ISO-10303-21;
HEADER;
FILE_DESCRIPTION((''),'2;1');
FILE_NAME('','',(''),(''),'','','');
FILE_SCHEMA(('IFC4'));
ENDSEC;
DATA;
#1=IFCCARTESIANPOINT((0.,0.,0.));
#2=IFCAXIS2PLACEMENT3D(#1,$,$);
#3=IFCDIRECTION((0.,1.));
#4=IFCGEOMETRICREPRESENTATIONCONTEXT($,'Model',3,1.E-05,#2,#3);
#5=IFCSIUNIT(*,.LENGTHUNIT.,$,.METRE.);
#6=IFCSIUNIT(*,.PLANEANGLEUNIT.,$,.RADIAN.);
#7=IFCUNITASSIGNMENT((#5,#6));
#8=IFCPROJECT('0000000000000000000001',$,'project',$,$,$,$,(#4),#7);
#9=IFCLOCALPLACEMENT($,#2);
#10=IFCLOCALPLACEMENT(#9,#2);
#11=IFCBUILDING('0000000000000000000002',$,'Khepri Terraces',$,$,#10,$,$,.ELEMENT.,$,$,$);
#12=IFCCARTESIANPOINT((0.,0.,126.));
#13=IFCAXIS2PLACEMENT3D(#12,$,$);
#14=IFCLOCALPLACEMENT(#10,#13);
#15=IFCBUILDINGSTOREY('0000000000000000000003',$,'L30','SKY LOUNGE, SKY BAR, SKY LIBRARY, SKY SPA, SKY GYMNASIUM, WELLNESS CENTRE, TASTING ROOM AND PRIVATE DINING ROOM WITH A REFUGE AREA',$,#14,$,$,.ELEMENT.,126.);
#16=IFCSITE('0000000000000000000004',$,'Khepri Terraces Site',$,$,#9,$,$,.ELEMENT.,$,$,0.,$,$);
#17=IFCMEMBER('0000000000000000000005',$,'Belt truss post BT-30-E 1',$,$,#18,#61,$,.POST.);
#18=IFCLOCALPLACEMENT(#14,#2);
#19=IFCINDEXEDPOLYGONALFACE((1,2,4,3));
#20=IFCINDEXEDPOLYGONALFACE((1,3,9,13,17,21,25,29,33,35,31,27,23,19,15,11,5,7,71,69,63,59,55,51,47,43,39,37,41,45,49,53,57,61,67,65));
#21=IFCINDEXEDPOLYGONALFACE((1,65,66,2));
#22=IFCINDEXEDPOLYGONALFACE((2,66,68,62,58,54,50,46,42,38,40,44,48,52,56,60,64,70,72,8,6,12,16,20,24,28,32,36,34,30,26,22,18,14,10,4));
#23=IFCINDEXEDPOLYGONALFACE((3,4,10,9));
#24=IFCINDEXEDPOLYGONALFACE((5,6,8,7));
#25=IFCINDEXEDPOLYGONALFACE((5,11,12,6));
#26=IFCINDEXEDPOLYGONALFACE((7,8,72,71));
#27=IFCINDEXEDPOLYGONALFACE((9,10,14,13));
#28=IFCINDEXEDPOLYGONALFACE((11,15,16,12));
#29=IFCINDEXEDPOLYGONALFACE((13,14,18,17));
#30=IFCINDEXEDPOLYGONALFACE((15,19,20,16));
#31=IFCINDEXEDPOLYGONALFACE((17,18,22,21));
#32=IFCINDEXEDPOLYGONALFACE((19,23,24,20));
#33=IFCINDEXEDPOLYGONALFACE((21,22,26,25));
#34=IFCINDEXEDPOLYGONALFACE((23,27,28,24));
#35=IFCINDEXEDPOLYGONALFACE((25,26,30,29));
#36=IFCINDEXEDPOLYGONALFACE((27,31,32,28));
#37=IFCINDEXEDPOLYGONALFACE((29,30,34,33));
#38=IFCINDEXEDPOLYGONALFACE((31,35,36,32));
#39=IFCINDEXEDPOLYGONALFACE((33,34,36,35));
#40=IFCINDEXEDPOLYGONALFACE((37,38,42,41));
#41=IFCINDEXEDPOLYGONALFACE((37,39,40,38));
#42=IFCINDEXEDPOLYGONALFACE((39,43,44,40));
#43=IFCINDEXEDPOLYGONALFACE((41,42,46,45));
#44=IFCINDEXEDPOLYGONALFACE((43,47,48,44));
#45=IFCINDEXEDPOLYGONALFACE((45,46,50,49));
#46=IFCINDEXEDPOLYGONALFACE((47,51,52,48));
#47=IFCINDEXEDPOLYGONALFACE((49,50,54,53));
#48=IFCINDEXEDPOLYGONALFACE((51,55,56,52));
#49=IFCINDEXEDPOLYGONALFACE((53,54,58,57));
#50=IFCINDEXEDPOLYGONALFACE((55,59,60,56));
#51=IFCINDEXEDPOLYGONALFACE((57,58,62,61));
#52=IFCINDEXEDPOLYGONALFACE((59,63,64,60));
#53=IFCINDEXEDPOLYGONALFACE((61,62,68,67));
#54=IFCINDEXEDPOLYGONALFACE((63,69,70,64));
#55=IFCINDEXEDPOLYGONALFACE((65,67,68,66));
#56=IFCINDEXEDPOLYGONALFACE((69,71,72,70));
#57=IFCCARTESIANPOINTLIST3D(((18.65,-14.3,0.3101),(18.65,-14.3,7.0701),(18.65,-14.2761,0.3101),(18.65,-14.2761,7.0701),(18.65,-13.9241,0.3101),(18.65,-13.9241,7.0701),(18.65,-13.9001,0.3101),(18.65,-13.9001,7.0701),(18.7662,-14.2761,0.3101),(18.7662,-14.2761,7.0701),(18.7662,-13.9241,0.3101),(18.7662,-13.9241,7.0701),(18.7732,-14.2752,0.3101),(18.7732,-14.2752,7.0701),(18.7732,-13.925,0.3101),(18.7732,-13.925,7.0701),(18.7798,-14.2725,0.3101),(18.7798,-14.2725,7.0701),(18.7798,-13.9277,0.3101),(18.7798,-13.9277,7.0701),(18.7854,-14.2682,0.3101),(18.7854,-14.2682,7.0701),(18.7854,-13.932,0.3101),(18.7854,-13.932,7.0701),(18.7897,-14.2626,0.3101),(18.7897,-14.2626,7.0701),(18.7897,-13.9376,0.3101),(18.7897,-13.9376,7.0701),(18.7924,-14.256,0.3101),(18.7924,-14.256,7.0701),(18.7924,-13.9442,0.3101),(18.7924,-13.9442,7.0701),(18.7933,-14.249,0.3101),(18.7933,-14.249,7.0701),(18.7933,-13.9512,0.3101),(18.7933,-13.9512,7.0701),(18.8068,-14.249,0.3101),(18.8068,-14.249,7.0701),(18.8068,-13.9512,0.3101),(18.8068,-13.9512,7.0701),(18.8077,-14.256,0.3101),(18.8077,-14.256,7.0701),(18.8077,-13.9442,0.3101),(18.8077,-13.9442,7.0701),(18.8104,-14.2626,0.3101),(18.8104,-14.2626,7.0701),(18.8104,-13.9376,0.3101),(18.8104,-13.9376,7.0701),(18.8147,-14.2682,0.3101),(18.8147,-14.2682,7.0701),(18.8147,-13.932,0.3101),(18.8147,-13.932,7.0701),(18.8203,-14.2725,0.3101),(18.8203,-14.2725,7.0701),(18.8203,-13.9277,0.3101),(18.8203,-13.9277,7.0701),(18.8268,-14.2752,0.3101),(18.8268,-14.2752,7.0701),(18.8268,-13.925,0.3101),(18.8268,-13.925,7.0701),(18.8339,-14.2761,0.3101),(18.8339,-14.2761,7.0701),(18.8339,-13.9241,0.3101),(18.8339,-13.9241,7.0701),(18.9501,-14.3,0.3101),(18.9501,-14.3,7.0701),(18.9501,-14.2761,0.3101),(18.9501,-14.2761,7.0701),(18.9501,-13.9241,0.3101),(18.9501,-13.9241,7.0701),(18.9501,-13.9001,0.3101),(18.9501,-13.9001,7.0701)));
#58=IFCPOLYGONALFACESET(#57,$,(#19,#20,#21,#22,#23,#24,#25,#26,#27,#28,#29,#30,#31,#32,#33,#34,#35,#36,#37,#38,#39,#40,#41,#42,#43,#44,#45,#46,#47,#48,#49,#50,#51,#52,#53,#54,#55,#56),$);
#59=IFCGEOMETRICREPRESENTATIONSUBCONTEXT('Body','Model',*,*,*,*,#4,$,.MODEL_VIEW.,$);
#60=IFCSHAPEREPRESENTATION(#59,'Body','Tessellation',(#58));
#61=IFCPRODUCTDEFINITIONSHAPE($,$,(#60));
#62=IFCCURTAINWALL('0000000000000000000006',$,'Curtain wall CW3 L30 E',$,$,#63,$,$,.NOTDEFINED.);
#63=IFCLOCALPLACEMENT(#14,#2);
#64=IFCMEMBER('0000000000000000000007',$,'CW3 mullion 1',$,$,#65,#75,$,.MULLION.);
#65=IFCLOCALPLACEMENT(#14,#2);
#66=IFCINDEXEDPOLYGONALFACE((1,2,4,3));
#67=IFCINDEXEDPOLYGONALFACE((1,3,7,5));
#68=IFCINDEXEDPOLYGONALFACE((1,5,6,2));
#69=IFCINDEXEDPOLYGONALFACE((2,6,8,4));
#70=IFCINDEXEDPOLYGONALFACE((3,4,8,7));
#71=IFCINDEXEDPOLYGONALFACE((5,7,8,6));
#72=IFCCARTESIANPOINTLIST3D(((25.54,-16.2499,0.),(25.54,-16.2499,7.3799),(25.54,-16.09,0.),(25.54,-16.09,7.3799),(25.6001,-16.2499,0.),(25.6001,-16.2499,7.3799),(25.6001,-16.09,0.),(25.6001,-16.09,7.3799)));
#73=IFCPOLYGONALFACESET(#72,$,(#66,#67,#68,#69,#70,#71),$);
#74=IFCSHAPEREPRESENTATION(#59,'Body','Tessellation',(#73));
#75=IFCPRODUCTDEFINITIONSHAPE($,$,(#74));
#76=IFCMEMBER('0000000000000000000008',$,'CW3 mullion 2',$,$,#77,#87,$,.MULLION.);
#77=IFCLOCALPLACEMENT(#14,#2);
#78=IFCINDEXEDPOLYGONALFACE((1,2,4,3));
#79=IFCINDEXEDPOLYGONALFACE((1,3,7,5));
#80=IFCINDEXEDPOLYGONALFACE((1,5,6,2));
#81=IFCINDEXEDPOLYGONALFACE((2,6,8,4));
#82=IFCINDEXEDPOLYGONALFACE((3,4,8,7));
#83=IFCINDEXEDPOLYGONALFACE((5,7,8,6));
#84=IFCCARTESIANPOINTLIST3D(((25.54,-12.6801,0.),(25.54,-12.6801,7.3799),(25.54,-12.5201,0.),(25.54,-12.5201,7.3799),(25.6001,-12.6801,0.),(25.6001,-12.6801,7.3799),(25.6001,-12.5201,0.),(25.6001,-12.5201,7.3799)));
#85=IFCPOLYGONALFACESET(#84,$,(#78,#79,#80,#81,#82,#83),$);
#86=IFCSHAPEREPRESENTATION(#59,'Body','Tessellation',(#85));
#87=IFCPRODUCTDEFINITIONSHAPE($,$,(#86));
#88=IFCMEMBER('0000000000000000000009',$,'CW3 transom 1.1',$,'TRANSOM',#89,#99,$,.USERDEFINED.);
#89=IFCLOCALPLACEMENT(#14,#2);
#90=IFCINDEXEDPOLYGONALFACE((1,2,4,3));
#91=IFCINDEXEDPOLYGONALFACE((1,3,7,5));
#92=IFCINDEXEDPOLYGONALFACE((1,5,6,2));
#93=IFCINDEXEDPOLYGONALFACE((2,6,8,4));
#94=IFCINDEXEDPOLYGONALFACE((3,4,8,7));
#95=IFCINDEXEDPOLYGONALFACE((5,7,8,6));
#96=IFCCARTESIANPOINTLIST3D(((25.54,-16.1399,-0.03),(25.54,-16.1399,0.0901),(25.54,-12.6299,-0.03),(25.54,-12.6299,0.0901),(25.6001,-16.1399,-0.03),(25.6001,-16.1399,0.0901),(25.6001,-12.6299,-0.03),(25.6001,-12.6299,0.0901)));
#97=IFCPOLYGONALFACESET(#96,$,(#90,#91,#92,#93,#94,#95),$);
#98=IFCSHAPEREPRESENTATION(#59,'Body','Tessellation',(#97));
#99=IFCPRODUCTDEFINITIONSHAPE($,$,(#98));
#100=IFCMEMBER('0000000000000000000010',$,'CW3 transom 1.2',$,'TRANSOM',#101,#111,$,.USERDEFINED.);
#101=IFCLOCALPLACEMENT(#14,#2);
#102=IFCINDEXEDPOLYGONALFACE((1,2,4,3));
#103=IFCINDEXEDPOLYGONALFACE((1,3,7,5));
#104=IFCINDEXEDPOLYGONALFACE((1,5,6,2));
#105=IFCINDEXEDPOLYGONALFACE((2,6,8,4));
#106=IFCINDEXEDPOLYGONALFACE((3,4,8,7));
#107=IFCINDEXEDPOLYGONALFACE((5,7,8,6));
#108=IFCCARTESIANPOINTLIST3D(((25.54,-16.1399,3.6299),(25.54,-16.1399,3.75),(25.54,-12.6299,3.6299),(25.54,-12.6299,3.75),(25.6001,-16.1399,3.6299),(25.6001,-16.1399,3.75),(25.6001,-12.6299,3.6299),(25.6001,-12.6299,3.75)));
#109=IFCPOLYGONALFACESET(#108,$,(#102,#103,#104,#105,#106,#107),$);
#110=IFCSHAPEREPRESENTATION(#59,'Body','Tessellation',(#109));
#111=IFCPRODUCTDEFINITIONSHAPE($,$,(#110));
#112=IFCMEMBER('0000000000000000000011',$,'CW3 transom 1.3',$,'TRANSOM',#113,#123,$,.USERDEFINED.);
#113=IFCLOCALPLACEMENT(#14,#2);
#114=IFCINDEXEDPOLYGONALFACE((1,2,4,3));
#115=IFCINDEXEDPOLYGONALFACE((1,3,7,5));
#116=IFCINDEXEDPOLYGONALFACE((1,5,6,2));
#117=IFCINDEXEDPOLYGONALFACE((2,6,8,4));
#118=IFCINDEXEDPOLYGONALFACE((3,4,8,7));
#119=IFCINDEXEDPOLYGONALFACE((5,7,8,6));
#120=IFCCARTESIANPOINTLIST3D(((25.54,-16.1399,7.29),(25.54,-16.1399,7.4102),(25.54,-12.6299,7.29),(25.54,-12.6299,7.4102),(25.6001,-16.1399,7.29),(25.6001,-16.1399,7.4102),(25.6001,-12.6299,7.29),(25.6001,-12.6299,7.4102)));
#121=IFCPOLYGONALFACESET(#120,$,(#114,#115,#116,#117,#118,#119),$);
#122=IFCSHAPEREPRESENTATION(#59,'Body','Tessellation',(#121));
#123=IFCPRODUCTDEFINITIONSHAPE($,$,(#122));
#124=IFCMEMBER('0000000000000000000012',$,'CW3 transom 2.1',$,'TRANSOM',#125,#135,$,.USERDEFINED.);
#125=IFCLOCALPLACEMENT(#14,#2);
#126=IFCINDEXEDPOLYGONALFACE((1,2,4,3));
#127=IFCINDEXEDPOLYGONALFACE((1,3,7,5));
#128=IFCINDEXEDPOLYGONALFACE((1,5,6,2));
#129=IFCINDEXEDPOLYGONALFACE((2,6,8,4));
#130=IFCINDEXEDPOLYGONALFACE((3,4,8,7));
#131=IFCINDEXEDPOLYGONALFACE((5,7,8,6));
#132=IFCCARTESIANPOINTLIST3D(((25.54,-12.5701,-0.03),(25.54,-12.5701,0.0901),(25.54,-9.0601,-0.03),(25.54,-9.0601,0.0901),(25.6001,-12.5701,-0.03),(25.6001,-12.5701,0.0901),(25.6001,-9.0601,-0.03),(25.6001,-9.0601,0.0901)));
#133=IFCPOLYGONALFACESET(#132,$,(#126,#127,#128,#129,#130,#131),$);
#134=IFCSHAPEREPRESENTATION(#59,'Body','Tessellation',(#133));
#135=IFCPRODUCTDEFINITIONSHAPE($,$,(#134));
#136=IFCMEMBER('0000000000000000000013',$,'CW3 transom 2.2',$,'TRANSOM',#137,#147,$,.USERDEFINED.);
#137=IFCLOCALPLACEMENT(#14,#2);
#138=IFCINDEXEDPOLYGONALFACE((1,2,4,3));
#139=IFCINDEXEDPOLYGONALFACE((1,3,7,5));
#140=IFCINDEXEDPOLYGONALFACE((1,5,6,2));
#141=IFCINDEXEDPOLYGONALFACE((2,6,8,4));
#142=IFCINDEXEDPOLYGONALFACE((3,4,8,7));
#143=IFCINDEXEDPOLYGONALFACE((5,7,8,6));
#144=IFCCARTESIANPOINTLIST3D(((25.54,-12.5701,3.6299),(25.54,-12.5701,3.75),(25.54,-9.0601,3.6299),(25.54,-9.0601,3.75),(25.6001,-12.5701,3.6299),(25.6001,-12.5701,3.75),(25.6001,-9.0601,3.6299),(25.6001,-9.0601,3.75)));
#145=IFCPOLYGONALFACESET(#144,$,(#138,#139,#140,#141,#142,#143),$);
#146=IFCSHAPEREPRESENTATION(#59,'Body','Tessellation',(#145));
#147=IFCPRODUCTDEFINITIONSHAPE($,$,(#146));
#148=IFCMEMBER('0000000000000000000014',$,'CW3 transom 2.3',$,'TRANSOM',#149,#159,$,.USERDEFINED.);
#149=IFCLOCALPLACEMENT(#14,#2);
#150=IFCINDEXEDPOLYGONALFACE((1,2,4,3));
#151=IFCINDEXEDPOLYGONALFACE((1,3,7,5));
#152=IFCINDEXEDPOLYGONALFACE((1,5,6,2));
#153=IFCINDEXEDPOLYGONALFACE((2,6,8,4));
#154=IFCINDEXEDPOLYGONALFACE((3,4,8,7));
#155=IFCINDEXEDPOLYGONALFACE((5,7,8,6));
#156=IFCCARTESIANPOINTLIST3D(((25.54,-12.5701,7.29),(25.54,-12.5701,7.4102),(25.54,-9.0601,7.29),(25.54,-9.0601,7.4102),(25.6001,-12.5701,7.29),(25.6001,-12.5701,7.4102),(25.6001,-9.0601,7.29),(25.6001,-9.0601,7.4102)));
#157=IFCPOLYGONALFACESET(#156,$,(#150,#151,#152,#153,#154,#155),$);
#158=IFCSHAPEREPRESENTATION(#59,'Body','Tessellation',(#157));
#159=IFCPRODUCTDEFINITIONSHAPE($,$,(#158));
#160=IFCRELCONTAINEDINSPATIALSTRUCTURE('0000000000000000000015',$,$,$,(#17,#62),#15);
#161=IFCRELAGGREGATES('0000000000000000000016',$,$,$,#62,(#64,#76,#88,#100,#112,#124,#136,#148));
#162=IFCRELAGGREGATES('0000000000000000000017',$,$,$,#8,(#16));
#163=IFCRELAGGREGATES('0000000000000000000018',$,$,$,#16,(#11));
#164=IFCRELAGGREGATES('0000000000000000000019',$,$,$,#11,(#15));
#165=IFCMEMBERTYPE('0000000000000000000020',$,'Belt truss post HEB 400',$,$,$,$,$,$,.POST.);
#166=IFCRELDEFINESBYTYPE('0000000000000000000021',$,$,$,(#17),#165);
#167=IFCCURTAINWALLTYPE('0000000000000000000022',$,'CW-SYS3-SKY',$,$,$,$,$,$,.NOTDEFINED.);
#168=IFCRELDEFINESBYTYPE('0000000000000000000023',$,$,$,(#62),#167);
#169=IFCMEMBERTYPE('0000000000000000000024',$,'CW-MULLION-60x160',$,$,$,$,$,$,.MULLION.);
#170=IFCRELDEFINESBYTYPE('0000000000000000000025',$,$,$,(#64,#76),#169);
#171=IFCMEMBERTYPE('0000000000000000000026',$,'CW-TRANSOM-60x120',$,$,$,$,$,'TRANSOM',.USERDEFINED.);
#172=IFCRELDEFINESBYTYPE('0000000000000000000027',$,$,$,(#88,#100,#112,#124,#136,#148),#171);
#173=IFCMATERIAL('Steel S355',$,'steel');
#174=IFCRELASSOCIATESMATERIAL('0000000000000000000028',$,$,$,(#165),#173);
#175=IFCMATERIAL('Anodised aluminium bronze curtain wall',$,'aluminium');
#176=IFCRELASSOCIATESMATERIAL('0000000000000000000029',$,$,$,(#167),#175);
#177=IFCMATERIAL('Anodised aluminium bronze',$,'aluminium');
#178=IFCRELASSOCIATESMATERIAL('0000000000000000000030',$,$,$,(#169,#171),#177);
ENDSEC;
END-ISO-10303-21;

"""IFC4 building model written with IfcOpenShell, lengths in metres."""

from ifc_helpers import new_model, si_unit, direction, frame, origin, origin_2d, place, context, subcontext, project, spatial, rectangle, i_section, extrude, material, material_profile, profile_set, type_object, element, aggregate, save


model = new_model("IFC4")

# Units and contexts
model_context = context("Model", 3, precision=1e-05, world=origin(), true_north=direction((0.0, 1.0)))
body_context = subcontext(model_context, "Body", "Model", "MODEL_VIEW")
ifc_project = project(units=[si_unit("LENGTHUNIT", "METRE"), si_unit("PLANEANGLEUNIT", "RADIAN")], contexts=[model_context])

# Site, building, storey
site_placement = place(None, origin())
site = spatial("IfcSite", under=ifc_project, at=site_placement, Name="Khepri Terraces Site", CompositionType="ELEMENT", RefElevation=0.0)
building_placement = place(site_placement, origin())
building = spatial("IfcBuilding", under=site, at=building_placement, Name="Khepri Terraces", CompositionType="ELEMENT")
storey_placement = place(building_placement, frame((0.0, 0.0, 126.0)))
storey = spatial("IfcBuildingStorey", under=building, at=storey_placement, Name="L30", Description="SKY LOUNGE, SKY BAR, SKY LIBRARY, SKY SPA, SKY GYMNASIUM, WELLNESS CENTRE, TASTING ROOM AND PRIVATE DINING ROOM WITH A REFUGE AREA", CompositionType="ELEMENT", Elevation=126.0)

# Member
ifc_material_1 = material(Name="Steel S355", Category="steel")
ifc_material_profile_1 = material_profile(ifc_material_1, i_section(OverallWidth=0.3, OverallDepth=0.3999, WebThickness=0.0134, FlangeThickness=0.0239, FilletRadius=0.0271, at=origin_2d()), Name="Steel S355", Category="steel")
ifc_profile_set_1 = profile_set([ifc_material_profile_1], Name="Steel S355")
member_type_1 = type_object("IfcMemberType", Name="Belt truss post HEB 400", PredefinedType="POST", material=ifc_profile_set_1)
member_1_placement = place(storey_placement, frame((18.8, -14.1001, 0.3101), z_axis=(0.0, 0.0, 1.0), x_axis=(1.0, 0.0, 0.0)))
element("IfcMember", 1, at=member_1_placement, inside=storey, type_object=member_type_1, Name="Belt truss post BT-30-E 1", PredefinedType="POST", context=body_context, shape_type="SweptSolid", body=[
    extrude(i_section(OverallWidth=0.3, OverallDepth=0.3999, WebThickness=0.0134, FlangeThickness=0.0239, FilletRadius=0.0271, at=origin_2d()), origin(), (0.0, 0.0, 1.0), 6.76),
])

# Curtain wall, members
ifc_material_2 = material(Name="Anodised aluminium bronze curtain wall", Category="aluminium")
curtain_wall_type = type_object("IfcCurtainWallType", Name="CW-SYS3-SKY", PredefinedType="NOTDEFINED", material=ifc_material_2)
curtain_wall_placement = place(storey_placement, origin())
curtain_wall = element("IfcCurtainWall", 2, at=curtain_wall_placement, inside=storey, type_object=curtain_wall_type, Name="Curtain wall CW3 L30 E", PredefinedType="NOTDEFINED")
ifc_material_3 = material(Name="Anodised aluminium bronze", Category="aluminium")
ifc_material_profile_2 = material_profile(ifc_material_3, rectangle(XDim=0.0601, YDim=0.1599, at=origin_2d()), Name="Anodised aluminium bronze", Category="aluminium")
ifc_profile_set_2 = profile_set([ifc_material_profile_2], Name="Anodised aluminium bronze")
member_type_2 = type_object("IfcMemberType", Name="CW-MULLION-60x160", PredefinedType="MULLION", material=ifc_profile_set_2)
member_2_placement = place(storey_placement, frame((25.5701, -16.1699, 0.0), z_axis=(0.0, 0.0, 1.0), x_axis=(-1.0, 0.0, 0.0)))
member_2 = element("IfcMember", 3, at=member_2_placement, type_object=member_type_2, Name="CW3 mullion 1", PredefinedType="MULLION", context=body_context, shape_type="SweptSolid", body=[
    extrude(rectangle(XDim=0.0601, YDim=0.1599, at=origin_2d()), origin(), (0.0, 0.0, 1.0), 7.3799),
])
member_3_placement = place(storey_placement, frame((25.5701, -12.6001, 0.0), z_axis=(0.0, 0.0, 1.0), x_axis=(-1.0, 0.0, 0.0)))
member_3 = element("IfcMember", 4, at=member_3_placement, type_object=member_type_2, Name="CW3 mullion 2", PredefinedType="MULLION", context=body_context, shape_type="SweptSolid", body=[
    extrude(rectangle(XDim=0.0601, YDim=0.1599, at=origin_2d()), origin(), (0.0, 0.0, 1.0), 7.3799),
])
ifc_material_profile_3 = material_profile(ifc_material_3, rectangle(XDim=0.0601, YDim=0.1201, at=origin_2d()), Name="Anodised aluminium bronze", Category="aluminium")
ifc_profile_set_3 = profile_set([ifc_material_profile_3], Name="Anodised aluminium bronze")
member_type_3 = type_object("IfcMemberType", Name="CW-TRANSOM-60x120", ElementType="TRANSOM", PredefinedType="USERDEFINED", material=ifc_profile_set_3)
member_4_placement = place(storey_placement, frame((25.5701, -16.1399, 0.03), z_axis=(0.0, 1.0, 0.0), x_axis=(-1.0, 0.0, 0.0)))
member_4 = element("IfcMember", 5, at=member_4_placement, type_object=member_type_3, Name="CW3 transom 1.1", ObjectType="TRANSOM", PredefinedType="USERDEFINED", context=body_context, shape_type="SweptSolid", body=[
    extrude(rectangle(XDim=0.0601, YDim=0.1201, at=origin_2d()), origin(), (0.0, 0.0, 1.0), 3.51),
])
member_5_placement = place(storey_placement, frame((25.5701, -16.1399, 3.6899), z_axis=(0.0, 1.0, 0.0), x_axis=(-1.0, 0.0, 0.0)))
member_5 = element("IfcMember", 6, at=member_5_placement, type_object=member_type_3, Name="CW3 transom 1.2", ObjectType="TRANSOM", PredefinedType="USERDEFINED", context=body_context, shape_type="SweptSolid", body=[
    extrude(rectangle(XDim=0.0601, YDim=0.1201, at=origin_2d()), origin(), (0.0, 0.0, 1.0), 3.51),
])
member_6_placement = place(storey_placement, frame((25.5701, -16.1399, 7.3501), z_axis=(0.0, 1.0, 0.0), x_axis=(-1.0, 0.0, 0.0)))
member_6 = element("IfcMember", 7, at=member_6_placement, type_object=member_type_3, Name="CW3 transom 1.3", ObjectType="TRANSOM", PredefinedType="USERDEFINED", context=body_context, shape_type="SweptSolid", body=[
    extrude(rectangle(XDim=0.0601, YDim=0.1201, at=origin_2d()), origin(), (0.0, 0.0, 1.0), 3.51),
])
member_7_placement = place(storey_placement, frame((25.5701, -12.5701, 0.03), z_axis=(0.0, 1.0, 0.0), x_axis=(-1.0, 0.0, 0.0)))
member_7 = element("IfcMember", 8, at=member_7_placement, type_object=member_type_3, Name="CW3 transom 2.1", ObjectType="TRANSOM", PredefinedType="USERDEFINED", context=body_context, shape_type="SweptSolid", body=[
    extrude(rectangle(XDim=0.0601, YDim=0.1201, at=origin_2d()), origin(), (0.0, 0.0, 1.0), 3.51),
])
member_8_placement = place(storey_placement, frame((25.5701, -12.5701, 3.6899), z_axis=(0.0, 1.0, 0.0), x_axis=(-1.0, 0.0, 0.0)))
member_8 = element("IfcMember", 9, at=member_8_placement, type_object=member_type_3, Name="CW3 transom 2.2", ObjectType="TRANSOM", PredefinedType="USERDEFINED", context=body_context, shape_type="SweptSolid", body=[
    extrude(rectangle(XDim=0.0601, YDim=0.1201, at=origin_2d()), origin(), (0.0, 0.0, 1.0), 3.51),
])
member_9_placement = place(storey_placement, frame((25.5701, -12.5701, 7.3501), z_axis=(0.0, 1.0, 0.0), x_axis=(-1.0, 0.0, 0.0)))
member_9 = element("IfcMember", 10, at=member_9_placement, type_object=member_type_3, Name="CW3 transom 2.3", ObjectType="TRANSOM", PredefinedType="USERDEFINED", context=body_context, shape_type="SweptSolid", body=[
    extrude(rectangle(XDim=0.0601, YDim=0.1201, at=origin_2d()), origin(), (0.0, 0.0, 1.0), 3.51),
])

aggregate(curtain_wall, [member_2, member_3, member_4, member_5, member_6, member_7, member_8, member_9])

save(model, "model.ifc")
